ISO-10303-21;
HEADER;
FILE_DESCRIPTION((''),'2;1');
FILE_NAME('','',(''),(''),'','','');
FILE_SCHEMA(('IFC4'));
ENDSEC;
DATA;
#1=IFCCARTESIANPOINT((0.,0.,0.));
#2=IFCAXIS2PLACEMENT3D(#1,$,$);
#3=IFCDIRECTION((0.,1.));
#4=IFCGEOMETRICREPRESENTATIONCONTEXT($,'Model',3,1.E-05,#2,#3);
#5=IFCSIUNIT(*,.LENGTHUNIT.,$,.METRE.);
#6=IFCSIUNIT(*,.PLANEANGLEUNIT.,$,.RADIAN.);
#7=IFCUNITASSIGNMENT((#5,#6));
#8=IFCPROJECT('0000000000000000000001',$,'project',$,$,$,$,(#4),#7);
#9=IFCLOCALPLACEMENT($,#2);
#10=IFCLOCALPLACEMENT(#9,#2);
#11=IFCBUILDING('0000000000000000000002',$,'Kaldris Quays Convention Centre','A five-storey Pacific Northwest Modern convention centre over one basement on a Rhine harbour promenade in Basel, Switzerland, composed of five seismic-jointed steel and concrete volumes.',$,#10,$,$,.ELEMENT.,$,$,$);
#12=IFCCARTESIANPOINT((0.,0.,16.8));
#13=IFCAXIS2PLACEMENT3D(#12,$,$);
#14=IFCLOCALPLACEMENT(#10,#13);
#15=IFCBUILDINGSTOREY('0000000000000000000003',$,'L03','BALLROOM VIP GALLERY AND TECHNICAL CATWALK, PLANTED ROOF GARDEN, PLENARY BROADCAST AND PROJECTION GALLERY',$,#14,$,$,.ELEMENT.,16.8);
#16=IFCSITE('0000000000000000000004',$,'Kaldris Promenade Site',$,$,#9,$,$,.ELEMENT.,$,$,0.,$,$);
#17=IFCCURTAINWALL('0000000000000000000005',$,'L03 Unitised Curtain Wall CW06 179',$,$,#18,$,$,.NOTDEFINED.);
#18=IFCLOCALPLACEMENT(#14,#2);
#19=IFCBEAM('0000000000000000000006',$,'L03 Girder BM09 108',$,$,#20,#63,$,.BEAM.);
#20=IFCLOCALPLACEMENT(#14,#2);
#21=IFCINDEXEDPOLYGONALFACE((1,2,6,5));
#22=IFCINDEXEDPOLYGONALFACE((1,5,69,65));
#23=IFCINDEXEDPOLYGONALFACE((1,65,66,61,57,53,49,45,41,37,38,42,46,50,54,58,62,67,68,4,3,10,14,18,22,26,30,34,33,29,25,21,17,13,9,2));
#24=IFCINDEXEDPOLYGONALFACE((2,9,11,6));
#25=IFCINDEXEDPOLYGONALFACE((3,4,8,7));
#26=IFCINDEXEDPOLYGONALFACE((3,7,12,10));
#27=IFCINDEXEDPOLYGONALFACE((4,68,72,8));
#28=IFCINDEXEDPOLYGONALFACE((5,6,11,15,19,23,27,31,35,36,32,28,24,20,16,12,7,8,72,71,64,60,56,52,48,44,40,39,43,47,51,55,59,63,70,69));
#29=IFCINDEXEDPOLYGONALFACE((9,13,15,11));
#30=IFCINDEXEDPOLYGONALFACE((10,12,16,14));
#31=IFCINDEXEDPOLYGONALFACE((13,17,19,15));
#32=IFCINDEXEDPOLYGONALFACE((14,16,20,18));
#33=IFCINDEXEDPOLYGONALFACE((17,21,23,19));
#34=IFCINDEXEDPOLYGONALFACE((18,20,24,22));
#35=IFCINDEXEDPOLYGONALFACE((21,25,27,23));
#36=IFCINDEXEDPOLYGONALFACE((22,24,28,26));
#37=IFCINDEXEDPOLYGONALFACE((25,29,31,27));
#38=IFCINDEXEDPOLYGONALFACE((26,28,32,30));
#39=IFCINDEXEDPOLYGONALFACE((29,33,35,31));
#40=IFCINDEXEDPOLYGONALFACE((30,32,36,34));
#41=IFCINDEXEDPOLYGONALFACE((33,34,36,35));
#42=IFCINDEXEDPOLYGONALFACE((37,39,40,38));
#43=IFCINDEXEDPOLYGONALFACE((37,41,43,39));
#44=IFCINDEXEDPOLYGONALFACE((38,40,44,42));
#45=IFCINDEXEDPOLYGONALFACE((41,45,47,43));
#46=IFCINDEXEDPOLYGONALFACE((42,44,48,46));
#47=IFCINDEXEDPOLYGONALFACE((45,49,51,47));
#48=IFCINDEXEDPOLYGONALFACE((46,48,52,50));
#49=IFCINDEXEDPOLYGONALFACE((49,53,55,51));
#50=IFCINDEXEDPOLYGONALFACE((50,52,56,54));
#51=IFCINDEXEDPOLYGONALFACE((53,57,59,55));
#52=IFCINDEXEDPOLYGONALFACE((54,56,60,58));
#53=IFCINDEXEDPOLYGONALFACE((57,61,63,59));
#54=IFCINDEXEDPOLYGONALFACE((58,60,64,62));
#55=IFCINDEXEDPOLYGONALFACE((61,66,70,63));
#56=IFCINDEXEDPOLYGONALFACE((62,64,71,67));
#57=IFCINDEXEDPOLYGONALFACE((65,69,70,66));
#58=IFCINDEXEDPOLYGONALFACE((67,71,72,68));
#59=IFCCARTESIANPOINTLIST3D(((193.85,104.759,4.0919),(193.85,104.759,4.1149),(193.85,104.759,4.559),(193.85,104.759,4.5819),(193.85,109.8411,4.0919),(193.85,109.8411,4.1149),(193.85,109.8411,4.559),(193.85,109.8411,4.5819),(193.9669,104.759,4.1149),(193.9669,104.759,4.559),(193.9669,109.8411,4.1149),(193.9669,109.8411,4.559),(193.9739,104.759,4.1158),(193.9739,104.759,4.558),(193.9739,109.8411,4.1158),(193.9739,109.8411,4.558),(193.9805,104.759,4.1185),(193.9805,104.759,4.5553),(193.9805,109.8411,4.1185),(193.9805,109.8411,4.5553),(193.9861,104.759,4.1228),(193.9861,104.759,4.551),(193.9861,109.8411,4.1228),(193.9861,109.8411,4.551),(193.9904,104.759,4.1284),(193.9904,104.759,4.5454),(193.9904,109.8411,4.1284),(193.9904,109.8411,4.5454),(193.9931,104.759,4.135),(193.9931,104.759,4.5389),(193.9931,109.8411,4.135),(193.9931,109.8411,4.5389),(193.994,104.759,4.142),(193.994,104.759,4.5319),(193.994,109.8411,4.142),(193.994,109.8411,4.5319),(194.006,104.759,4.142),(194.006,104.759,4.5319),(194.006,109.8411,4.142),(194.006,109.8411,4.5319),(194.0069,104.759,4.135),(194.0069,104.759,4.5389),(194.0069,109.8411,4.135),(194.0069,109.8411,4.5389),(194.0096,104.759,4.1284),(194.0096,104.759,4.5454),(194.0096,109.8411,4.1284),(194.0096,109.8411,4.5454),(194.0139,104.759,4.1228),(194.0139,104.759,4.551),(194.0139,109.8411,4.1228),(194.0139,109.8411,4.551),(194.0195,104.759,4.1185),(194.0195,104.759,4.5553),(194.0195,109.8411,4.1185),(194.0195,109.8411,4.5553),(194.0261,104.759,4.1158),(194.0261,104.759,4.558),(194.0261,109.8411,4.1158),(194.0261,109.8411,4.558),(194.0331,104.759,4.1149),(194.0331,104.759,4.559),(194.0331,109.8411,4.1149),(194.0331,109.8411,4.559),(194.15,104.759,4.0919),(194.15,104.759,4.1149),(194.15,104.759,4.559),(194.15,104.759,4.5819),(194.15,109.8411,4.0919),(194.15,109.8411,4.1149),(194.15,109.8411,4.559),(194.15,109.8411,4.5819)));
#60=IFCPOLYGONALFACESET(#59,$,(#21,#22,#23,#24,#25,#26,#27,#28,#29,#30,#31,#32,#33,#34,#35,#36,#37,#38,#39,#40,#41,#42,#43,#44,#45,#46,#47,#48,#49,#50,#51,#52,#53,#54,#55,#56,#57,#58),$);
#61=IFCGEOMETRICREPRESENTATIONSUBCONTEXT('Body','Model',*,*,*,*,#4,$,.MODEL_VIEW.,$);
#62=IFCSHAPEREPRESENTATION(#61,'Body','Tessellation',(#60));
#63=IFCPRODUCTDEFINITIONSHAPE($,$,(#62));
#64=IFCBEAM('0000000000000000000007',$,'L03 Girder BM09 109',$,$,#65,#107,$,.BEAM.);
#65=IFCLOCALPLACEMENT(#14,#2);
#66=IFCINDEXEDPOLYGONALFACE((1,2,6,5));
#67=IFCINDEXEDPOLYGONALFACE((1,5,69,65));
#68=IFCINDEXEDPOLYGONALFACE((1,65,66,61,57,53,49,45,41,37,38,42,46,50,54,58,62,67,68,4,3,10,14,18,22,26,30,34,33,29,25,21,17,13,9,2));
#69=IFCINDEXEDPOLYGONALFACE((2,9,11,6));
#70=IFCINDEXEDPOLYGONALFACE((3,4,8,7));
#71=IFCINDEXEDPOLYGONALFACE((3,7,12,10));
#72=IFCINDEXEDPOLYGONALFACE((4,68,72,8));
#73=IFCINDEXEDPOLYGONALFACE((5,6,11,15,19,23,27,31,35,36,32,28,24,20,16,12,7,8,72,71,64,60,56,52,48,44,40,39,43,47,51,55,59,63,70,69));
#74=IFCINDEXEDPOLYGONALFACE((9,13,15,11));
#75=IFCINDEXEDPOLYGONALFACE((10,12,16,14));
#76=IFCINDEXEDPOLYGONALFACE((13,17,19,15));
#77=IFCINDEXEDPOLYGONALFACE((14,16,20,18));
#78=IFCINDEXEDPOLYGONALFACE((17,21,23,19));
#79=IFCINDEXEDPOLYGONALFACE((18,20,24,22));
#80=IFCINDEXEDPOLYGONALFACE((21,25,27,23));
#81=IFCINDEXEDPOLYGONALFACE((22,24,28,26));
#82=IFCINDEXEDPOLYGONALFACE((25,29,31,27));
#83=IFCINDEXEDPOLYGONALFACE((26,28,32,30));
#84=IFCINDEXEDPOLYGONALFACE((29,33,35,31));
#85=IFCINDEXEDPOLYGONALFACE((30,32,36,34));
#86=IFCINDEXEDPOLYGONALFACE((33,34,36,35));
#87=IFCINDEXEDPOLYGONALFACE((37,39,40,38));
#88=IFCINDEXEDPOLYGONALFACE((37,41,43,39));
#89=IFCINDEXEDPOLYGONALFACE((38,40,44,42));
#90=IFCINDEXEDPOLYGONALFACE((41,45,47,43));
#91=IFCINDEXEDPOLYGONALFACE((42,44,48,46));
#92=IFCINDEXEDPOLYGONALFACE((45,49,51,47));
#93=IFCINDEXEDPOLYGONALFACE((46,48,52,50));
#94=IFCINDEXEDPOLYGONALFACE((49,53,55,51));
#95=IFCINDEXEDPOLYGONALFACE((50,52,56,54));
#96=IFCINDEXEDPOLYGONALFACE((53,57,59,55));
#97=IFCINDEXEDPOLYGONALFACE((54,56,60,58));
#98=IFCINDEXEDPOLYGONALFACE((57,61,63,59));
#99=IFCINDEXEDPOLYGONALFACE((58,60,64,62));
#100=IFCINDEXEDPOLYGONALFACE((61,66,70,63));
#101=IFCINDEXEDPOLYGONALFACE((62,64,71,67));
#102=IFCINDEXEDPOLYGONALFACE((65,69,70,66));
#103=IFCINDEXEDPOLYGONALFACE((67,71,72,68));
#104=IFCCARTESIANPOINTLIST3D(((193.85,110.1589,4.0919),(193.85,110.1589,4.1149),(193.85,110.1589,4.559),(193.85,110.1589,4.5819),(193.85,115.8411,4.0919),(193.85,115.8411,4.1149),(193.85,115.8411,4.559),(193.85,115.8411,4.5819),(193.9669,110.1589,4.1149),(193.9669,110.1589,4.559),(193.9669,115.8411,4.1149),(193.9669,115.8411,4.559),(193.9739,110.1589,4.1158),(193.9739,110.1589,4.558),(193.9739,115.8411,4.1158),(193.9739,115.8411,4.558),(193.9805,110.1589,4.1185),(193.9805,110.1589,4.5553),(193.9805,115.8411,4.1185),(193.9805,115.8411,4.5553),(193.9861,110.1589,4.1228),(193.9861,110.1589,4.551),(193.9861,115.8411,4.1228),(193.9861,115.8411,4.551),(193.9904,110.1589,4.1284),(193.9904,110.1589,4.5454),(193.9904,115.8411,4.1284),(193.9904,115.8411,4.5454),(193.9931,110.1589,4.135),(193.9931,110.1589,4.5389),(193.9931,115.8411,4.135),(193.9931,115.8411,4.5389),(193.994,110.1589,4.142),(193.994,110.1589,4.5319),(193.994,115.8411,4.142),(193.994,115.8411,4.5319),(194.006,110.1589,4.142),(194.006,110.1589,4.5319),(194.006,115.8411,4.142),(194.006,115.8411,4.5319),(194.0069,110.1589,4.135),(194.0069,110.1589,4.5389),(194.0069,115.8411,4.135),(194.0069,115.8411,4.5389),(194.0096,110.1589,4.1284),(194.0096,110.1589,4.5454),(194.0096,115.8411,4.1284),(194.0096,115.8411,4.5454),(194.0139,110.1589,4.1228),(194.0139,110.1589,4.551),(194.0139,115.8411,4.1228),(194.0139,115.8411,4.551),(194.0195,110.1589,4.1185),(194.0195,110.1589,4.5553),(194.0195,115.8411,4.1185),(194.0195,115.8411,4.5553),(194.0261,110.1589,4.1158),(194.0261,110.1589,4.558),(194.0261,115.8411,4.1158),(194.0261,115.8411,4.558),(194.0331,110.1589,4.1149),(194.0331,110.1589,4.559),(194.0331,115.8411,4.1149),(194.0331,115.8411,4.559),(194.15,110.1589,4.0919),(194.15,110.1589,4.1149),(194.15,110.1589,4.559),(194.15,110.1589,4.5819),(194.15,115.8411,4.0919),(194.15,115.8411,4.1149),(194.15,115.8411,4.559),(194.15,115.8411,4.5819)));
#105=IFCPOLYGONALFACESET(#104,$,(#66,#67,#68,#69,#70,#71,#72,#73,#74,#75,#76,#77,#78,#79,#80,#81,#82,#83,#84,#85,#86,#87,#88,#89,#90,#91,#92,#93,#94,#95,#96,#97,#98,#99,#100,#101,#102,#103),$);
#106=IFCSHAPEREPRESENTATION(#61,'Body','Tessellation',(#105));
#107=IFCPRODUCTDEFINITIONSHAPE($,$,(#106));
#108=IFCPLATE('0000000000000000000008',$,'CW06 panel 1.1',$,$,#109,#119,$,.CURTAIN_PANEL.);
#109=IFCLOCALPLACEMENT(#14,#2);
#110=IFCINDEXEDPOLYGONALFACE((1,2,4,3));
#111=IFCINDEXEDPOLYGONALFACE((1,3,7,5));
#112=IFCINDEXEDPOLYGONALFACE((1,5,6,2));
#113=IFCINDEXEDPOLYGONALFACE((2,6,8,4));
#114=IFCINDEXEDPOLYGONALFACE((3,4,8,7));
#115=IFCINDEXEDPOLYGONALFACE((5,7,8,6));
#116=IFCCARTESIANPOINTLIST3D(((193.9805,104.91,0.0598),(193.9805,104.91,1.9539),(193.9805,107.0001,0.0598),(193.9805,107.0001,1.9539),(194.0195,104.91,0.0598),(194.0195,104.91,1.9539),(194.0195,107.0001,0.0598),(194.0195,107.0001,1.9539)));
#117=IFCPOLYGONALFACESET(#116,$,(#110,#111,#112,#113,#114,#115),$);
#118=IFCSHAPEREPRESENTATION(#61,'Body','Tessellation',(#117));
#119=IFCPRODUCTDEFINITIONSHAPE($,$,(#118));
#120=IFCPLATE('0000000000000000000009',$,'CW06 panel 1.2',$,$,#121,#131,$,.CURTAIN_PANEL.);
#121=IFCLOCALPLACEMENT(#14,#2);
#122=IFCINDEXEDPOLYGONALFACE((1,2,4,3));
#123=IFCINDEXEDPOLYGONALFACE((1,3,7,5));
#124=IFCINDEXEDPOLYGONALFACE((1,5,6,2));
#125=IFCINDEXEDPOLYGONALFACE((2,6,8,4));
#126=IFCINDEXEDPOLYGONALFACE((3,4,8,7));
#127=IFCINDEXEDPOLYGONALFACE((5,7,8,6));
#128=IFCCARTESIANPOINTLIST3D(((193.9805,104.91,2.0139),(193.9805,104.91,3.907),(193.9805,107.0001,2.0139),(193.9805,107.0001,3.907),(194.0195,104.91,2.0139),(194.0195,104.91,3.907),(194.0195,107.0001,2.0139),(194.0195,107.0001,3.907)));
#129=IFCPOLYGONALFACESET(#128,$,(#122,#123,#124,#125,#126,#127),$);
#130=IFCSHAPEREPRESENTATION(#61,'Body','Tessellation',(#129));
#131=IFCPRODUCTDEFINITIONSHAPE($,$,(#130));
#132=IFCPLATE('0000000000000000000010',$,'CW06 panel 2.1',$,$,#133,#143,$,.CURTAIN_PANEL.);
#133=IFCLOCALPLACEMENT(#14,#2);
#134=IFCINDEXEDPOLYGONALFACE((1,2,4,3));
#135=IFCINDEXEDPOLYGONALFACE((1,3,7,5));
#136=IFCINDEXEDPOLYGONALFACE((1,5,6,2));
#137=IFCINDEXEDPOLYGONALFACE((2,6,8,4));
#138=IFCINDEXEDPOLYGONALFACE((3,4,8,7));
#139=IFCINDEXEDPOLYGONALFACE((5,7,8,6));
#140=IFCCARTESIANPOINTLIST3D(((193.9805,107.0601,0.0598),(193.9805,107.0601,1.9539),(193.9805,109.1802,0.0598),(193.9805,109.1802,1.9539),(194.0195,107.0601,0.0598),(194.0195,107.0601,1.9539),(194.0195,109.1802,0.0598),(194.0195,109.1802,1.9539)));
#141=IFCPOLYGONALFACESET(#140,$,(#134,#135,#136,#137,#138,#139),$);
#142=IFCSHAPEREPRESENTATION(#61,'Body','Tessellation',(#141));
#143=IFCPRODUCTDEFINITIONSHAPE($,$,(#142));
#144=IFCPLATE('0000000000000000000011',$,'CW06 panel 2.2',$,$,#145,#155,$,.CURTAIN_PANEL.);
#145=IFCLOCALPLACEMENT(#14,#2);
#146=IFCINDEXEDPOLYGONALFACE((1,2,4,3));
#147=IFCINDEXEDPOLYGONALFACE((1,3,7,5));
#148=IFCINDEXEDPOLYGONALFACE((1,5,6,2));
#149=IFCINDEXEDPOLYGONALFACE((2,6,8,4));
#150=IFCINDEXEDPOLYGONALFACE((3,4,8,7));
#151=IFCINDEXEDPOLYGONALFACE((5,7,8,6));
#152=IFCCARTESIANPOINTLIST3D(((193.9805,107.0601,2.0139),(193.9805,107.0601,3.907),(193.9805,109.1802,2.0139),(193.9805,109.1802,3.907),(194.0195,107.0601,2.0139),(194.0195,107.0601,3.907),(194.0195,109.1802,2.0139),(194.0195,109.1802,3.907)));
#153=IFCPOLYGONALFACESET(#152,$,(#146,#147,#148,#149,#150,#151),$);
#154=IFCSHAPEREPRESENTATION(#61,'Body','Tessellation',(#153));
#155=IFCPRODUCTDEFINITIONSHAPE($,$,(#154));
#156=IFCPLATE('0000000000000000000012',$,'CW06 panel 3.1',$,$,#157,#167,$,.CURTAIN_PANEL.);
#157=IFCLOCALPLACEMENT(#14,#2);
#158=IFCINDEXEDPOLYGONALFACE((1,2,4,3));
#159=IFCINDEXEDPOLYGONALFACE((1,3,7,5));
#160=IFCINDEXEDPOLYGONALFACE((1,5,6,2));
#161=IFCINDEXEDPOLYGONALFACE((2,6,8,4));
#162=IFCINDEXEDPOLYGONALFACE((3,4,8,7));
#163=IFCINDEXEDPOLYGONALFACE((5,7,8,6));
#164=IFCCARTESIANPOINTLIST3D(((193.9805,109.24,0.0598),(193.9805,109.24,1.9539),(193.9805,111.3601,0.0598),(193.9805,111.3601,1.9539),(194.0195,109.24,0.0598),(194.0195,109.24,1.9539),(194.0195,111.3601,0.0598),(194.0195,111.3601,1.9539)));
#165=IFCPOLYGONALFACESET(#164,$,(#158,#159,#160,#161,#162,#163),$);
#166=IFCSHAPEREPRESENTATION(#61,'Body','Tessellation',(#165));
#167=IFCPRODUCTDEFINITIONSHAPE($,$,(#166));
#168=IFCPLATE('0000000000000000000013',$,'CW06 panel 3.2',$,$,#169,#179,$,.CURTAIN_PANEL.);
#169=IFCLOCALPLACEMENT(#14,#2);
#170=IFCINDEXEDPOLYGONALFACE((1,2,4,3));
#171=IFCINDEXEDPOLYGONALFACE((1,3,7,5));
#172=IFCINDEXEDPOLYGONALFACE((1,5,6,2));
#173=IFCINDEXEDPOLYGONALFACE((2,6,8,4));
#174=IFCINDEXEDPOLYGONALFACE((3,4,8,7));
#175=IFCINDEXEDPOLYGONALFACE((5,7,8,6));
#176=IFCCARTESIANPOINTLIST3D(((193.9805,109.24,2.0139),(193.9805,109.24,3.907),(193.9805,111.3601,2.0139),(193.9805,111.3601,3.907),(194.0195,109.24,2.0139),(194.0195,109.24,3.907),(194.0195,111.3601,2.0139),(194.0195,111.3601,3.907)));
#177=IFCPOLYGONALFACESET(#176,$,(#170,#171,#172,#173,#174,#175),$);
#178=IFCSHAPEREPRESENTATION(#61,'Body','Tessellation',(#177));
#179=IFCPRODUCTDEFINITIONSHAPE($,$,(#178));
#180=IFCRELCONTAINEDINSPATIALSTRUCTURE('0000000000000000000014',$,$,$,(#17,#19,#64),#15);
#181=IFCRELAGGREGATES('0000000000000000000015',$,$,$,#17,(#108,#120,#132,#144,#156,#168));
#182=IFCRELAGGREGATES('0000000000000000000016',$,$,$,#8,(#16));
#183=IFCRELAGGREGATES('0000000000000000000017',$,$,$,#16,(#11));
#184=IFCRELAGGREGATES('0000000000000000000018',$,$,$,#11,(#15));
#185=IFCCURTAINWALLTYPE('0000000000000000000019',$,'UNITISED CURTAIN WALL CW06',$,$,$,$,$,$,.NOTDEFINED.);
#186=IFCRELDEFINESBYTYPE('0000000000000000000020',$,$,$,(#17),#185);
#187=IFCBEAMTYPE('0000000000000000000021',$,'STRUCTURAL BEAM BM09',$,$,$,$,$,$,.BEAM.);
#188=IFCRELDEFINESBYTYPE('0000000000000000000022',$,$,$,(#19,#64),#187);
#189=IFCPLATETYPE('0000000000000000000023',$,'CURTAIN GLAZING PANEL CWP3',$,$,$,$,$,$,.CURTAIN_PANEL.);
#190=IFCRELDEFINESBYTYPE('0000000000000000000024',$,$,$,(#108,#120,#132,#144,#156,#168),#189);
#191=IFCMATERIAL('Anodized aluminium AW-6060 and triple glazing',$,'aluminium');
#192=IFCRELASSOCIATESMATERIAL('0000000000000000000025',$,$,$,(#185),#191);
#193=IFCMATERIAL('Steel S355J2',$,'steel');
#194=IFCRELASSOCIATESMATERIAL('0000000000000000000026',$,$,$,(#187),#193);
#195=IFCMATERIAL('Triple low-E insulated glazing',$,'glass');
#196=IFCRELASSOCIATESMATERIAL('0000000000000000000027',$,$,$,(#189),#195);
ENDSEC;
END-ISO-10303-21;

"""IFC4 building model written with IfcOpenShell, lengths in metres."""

from ifc_helpers import new_model, si_unit, direction, frame, origin, origin_2d, place, context, subcontext, project, spatial, rectangle, i_section, extrude, material, material_profile, profile_set, type_object, element, aggregate, save


model = new_model("IFC4")

# Units and contexts
model_context = context("Model", 3, precision=1e-05, world=origin(), true_north=direction((0.0, 1.0)))
body_context = subcontext(model_context, "Body", "Model", "MODEL_VIEW")
ifc_project = project(units=[si_unit("LENGTHUNIT", "METRE"), si_unit("PLANEANGLEUNIT", "RADIAN")], contexts=[model_context])

# Site, building, storey
site_placement = place(None, origin())
site = spatial("IfcSite", under=ifc_project, at=site_placement, Name="Kaldris Promenade Site", CompositionType="ELEMENT", RefElevation=0.0)
building_placement = place(site_placement, origin())
building = spatial("IfcBuilding", under=site, at=building_placement, Name="Kaldris Quays Convention Centre", Description="A five-storey Pacific Northwest Modern convention centre over one basement on a Rhine harbour promenade in Basel, Switzerland, composed of five seismic-jointed steel and concrete volumes.", CompositionType="ELEMENT")
storey_placement = place(building_placement, frame((0.0, 0.0, 16.8)))
storey = spatial("IfcBuildingStorey", under=building, at=storey_placement, Name="L03", Description="BALLROOM VIP GALLERY AND TECHNICAL CATWALK, PLANTED ROOF GARDEN, PLENARY BROADCAST AND PROJECTION GALLERY", CompositionType="ELEMENT", Elevation=16.8)

# Shared definitions
ifc_material_1 = material(Name="Steel S355J2", Category="steel")

# Curtain wall
ifc_material_2 = material(Name="Anodized aluminium AW-6060 and triple glazing", Category="aluminium")
curtain_wall_type = type_object("IfcCurtainWallType", Name="UNITISED CURTAIN WALL CW06", PredefinedType="NOTDEFINED", material=ifc_material_2)
curtain_wall_placement = place(storey_placement, origin())
curtain_wall = element("IfcCurtainWall", 1, at=curtain_wall_placement, inside=storey, type_object=curtain_wall_type, Name="L03 Unitised Curtain Wall CW06 179", PredefinedType="NOTDEFINED")

# Beams
ifc_material_profile_1 = material_profile(ifc_material_1, i_section(OverallWidth=0.3, OverallDepth=0.49, WebThickness=0.012, FlangeThickness=0.0229, FilletRadius=0.0271, at=origin_2d()), Name="HEA 500")
ifc_profile_set_1 = profile_set([ifc_material_profile_1], Name="Steel S355J2")
beam_type = type_object("IfcBeamType", Name="STRUCTURAL BEAM BM09", PredefinedType="BEAM", material=ifc_profile_set_1)
beam_1_placement = place(storey_placement, frame((194.0, 104.759, 4.3369), z_axis=(0.0, 1.0, 0.0), x_axis=(-1.0, 0.0, 0.0)))
element("IfcBeam", 2, at=beam_1_placement, inside=storey, type_object=beam_type, Name="L03 Girder BM09 108", PredefinedType="BEAM", context=body_context, shape_type="SweptSolid", body=[
    extrude(i_section(OverallWidth=0.3, OverallDepth=0.49, WebThickness=0.012, FlangeThickness=0.0229, FilletRadius=0.0271, at=origin_2d()), origin(), (0.0, 0.0, 1.0), 5.082),
])
beam_2_placement = place(storey_placement, frame((194.0, 110.1589, 4.3369), z_axis=(0.0, 1.0, 0.0), x_axis=(-1.0, 0.0, 0.0)))
element("IfcBeam", 3, at=beam_2_placement, inside=storey, type_object=beam_type, Name="L03 Girder BM09 109", PredefinedType="BEAM", context=body_context, shape_type="SweptSolid", body=[
    extrude(i_section(OverallWidth=0.3, OverallDepth=0.49, WebThickness=0.012, FlangeThickness=0.0229, FilletRadius=0.0271, at=origin_2d()), origin(), (0.0, 0.0, 1.0), 5.6821),
])

# Plates
ifc_material_3 = material(Name="Triple low-E insulated glazing", Category="glass")
plate_type = type_object("IfcPlateType", Name="CURTAIN GLAZING PANEL CWP3", PredefinedType="CURTAIN_PANEL", material=ifc_material_3)
plate_1_placement = place(storey_placement, frame((194.0, 105.9551, 0.0598), z_axis=(0.0, 0.0, 1.0), x_axis=(0.0, 1.0, 0.0)))
plate_1 = element("IfcPlate", 4, at=plate_1_placement, type_object=plate_type, Name="CW06 panel 1.1", PredefinedType="CURTAIN_PANEL", context=body_context, shape_type="SweptSolid", body=[
    extrude(rectangle(XDim=2.0901, YDim=0.0391, at=origin_2d()), origin(), (0.0, 0.0, 1.0), 1.894),
])
plate_2_placement = place(storey_placement, frame((194.0, 105.9551, 2.0139), z_axis=(0.0, 0.0, 1.0), x_axis=(0.0, 1.0, 0.0)))
plate_2 = element("IfcPlate", 5, at=plate_2_placement, type_object=plate_type, Name="CW06 panel 1.2", PredefinedType="CURTAIN_PANEL", context=body_context, shape_type="SweptSolid", body=[
    extrude(rectangle(XDim=2.0901, YDim=0.0391, at=origin_2d()), origin(), (0.0, 0.0, 1.0), 1.8931),
])
plate_3_placement = place(storey_placement, frame((194.0, 108.1201, 0.0598), z_axis=(0.0, 0.0, 1.0), x_axis=(0.0, 1.0, 0.0)))
plate_3 = element("IfcPlate", 6, at=plate_3_placement, type_object=plate_type, Name="CW06 panel 2.1", PredefinedType="CURTAIN_PANEL", context=body_context, shape_type="SweptSolid", body=[
    extrude(rectangle(XDim=2.1201, YDim=0.0391, at=origin_2d()), origin(), (0.0, 0.0, 1.0), 1.894),
])
plate_4_placement = place(storey_placement, frame((194.0, 108.1201, 2.0139), z_axis=(0.0, 0.0, 1.0), x_axis=(0.0, 1.0, 0.0)))
plate_4 = element("IfcPlate", 7, at=plate_4_placement, type_object=plate_type, Name="CW06 panel 2.2", PredefinedType="CURTAIN_PANEL", context=body_context, shape_type="SweptSolid", body=[
    extrude(rectangle(XDim=2.1201, YDim=0.0391, at=origin_2d()), origin(), (0.0, 0.0, 1.0), 1.8931),
])
plate_5_placement = place(storey_placement, frame((194.0, 110.3, 0.0598), z_axis=(0.0, 0.0, 1.0), x_axis=(0.0, 1.0, 0.0)))
plate_5 = element("IfcPlate", 8, at=plate_5_placement, type_object=plate_type, Name="CW06 panel 3.1", PredefinedType="CURTAIN_PANEL", context=body_context, shape_type="SweptSolid", body=[
    extrude(rectangle(XDim=2.1201, YDim=0.0391, at=origin_2d()), origin(), (0.0, 0.0, 1.0), 1.894),
])
plate_6_placement = place(storey_placement, frame((194.0, 110.3, 2.0139), z_axis=(0.0, 0.0, 1.0), x_axis=(0.0, 1.0, 0.0)))
plate_6 = element("IfcPlate", 9, at=plate_6_placement, type_object=plate_type, Name="CW06 panel 3.2", PredefinedType="CURTAIN_PANEL", context=body_context, shape_type="SweptSolid", body=[
    extrude(rectangle(XDim=2.1201, YDim=0.0391, at=origin_2d()), origin(), (0.0, 0.0, 1.0), 1.8931),
])
aggregate(curtain_wall, [plate_1, plate_2, plate_3, plate_4, plate_5, plate_6])

save(model, "model.ifc")
